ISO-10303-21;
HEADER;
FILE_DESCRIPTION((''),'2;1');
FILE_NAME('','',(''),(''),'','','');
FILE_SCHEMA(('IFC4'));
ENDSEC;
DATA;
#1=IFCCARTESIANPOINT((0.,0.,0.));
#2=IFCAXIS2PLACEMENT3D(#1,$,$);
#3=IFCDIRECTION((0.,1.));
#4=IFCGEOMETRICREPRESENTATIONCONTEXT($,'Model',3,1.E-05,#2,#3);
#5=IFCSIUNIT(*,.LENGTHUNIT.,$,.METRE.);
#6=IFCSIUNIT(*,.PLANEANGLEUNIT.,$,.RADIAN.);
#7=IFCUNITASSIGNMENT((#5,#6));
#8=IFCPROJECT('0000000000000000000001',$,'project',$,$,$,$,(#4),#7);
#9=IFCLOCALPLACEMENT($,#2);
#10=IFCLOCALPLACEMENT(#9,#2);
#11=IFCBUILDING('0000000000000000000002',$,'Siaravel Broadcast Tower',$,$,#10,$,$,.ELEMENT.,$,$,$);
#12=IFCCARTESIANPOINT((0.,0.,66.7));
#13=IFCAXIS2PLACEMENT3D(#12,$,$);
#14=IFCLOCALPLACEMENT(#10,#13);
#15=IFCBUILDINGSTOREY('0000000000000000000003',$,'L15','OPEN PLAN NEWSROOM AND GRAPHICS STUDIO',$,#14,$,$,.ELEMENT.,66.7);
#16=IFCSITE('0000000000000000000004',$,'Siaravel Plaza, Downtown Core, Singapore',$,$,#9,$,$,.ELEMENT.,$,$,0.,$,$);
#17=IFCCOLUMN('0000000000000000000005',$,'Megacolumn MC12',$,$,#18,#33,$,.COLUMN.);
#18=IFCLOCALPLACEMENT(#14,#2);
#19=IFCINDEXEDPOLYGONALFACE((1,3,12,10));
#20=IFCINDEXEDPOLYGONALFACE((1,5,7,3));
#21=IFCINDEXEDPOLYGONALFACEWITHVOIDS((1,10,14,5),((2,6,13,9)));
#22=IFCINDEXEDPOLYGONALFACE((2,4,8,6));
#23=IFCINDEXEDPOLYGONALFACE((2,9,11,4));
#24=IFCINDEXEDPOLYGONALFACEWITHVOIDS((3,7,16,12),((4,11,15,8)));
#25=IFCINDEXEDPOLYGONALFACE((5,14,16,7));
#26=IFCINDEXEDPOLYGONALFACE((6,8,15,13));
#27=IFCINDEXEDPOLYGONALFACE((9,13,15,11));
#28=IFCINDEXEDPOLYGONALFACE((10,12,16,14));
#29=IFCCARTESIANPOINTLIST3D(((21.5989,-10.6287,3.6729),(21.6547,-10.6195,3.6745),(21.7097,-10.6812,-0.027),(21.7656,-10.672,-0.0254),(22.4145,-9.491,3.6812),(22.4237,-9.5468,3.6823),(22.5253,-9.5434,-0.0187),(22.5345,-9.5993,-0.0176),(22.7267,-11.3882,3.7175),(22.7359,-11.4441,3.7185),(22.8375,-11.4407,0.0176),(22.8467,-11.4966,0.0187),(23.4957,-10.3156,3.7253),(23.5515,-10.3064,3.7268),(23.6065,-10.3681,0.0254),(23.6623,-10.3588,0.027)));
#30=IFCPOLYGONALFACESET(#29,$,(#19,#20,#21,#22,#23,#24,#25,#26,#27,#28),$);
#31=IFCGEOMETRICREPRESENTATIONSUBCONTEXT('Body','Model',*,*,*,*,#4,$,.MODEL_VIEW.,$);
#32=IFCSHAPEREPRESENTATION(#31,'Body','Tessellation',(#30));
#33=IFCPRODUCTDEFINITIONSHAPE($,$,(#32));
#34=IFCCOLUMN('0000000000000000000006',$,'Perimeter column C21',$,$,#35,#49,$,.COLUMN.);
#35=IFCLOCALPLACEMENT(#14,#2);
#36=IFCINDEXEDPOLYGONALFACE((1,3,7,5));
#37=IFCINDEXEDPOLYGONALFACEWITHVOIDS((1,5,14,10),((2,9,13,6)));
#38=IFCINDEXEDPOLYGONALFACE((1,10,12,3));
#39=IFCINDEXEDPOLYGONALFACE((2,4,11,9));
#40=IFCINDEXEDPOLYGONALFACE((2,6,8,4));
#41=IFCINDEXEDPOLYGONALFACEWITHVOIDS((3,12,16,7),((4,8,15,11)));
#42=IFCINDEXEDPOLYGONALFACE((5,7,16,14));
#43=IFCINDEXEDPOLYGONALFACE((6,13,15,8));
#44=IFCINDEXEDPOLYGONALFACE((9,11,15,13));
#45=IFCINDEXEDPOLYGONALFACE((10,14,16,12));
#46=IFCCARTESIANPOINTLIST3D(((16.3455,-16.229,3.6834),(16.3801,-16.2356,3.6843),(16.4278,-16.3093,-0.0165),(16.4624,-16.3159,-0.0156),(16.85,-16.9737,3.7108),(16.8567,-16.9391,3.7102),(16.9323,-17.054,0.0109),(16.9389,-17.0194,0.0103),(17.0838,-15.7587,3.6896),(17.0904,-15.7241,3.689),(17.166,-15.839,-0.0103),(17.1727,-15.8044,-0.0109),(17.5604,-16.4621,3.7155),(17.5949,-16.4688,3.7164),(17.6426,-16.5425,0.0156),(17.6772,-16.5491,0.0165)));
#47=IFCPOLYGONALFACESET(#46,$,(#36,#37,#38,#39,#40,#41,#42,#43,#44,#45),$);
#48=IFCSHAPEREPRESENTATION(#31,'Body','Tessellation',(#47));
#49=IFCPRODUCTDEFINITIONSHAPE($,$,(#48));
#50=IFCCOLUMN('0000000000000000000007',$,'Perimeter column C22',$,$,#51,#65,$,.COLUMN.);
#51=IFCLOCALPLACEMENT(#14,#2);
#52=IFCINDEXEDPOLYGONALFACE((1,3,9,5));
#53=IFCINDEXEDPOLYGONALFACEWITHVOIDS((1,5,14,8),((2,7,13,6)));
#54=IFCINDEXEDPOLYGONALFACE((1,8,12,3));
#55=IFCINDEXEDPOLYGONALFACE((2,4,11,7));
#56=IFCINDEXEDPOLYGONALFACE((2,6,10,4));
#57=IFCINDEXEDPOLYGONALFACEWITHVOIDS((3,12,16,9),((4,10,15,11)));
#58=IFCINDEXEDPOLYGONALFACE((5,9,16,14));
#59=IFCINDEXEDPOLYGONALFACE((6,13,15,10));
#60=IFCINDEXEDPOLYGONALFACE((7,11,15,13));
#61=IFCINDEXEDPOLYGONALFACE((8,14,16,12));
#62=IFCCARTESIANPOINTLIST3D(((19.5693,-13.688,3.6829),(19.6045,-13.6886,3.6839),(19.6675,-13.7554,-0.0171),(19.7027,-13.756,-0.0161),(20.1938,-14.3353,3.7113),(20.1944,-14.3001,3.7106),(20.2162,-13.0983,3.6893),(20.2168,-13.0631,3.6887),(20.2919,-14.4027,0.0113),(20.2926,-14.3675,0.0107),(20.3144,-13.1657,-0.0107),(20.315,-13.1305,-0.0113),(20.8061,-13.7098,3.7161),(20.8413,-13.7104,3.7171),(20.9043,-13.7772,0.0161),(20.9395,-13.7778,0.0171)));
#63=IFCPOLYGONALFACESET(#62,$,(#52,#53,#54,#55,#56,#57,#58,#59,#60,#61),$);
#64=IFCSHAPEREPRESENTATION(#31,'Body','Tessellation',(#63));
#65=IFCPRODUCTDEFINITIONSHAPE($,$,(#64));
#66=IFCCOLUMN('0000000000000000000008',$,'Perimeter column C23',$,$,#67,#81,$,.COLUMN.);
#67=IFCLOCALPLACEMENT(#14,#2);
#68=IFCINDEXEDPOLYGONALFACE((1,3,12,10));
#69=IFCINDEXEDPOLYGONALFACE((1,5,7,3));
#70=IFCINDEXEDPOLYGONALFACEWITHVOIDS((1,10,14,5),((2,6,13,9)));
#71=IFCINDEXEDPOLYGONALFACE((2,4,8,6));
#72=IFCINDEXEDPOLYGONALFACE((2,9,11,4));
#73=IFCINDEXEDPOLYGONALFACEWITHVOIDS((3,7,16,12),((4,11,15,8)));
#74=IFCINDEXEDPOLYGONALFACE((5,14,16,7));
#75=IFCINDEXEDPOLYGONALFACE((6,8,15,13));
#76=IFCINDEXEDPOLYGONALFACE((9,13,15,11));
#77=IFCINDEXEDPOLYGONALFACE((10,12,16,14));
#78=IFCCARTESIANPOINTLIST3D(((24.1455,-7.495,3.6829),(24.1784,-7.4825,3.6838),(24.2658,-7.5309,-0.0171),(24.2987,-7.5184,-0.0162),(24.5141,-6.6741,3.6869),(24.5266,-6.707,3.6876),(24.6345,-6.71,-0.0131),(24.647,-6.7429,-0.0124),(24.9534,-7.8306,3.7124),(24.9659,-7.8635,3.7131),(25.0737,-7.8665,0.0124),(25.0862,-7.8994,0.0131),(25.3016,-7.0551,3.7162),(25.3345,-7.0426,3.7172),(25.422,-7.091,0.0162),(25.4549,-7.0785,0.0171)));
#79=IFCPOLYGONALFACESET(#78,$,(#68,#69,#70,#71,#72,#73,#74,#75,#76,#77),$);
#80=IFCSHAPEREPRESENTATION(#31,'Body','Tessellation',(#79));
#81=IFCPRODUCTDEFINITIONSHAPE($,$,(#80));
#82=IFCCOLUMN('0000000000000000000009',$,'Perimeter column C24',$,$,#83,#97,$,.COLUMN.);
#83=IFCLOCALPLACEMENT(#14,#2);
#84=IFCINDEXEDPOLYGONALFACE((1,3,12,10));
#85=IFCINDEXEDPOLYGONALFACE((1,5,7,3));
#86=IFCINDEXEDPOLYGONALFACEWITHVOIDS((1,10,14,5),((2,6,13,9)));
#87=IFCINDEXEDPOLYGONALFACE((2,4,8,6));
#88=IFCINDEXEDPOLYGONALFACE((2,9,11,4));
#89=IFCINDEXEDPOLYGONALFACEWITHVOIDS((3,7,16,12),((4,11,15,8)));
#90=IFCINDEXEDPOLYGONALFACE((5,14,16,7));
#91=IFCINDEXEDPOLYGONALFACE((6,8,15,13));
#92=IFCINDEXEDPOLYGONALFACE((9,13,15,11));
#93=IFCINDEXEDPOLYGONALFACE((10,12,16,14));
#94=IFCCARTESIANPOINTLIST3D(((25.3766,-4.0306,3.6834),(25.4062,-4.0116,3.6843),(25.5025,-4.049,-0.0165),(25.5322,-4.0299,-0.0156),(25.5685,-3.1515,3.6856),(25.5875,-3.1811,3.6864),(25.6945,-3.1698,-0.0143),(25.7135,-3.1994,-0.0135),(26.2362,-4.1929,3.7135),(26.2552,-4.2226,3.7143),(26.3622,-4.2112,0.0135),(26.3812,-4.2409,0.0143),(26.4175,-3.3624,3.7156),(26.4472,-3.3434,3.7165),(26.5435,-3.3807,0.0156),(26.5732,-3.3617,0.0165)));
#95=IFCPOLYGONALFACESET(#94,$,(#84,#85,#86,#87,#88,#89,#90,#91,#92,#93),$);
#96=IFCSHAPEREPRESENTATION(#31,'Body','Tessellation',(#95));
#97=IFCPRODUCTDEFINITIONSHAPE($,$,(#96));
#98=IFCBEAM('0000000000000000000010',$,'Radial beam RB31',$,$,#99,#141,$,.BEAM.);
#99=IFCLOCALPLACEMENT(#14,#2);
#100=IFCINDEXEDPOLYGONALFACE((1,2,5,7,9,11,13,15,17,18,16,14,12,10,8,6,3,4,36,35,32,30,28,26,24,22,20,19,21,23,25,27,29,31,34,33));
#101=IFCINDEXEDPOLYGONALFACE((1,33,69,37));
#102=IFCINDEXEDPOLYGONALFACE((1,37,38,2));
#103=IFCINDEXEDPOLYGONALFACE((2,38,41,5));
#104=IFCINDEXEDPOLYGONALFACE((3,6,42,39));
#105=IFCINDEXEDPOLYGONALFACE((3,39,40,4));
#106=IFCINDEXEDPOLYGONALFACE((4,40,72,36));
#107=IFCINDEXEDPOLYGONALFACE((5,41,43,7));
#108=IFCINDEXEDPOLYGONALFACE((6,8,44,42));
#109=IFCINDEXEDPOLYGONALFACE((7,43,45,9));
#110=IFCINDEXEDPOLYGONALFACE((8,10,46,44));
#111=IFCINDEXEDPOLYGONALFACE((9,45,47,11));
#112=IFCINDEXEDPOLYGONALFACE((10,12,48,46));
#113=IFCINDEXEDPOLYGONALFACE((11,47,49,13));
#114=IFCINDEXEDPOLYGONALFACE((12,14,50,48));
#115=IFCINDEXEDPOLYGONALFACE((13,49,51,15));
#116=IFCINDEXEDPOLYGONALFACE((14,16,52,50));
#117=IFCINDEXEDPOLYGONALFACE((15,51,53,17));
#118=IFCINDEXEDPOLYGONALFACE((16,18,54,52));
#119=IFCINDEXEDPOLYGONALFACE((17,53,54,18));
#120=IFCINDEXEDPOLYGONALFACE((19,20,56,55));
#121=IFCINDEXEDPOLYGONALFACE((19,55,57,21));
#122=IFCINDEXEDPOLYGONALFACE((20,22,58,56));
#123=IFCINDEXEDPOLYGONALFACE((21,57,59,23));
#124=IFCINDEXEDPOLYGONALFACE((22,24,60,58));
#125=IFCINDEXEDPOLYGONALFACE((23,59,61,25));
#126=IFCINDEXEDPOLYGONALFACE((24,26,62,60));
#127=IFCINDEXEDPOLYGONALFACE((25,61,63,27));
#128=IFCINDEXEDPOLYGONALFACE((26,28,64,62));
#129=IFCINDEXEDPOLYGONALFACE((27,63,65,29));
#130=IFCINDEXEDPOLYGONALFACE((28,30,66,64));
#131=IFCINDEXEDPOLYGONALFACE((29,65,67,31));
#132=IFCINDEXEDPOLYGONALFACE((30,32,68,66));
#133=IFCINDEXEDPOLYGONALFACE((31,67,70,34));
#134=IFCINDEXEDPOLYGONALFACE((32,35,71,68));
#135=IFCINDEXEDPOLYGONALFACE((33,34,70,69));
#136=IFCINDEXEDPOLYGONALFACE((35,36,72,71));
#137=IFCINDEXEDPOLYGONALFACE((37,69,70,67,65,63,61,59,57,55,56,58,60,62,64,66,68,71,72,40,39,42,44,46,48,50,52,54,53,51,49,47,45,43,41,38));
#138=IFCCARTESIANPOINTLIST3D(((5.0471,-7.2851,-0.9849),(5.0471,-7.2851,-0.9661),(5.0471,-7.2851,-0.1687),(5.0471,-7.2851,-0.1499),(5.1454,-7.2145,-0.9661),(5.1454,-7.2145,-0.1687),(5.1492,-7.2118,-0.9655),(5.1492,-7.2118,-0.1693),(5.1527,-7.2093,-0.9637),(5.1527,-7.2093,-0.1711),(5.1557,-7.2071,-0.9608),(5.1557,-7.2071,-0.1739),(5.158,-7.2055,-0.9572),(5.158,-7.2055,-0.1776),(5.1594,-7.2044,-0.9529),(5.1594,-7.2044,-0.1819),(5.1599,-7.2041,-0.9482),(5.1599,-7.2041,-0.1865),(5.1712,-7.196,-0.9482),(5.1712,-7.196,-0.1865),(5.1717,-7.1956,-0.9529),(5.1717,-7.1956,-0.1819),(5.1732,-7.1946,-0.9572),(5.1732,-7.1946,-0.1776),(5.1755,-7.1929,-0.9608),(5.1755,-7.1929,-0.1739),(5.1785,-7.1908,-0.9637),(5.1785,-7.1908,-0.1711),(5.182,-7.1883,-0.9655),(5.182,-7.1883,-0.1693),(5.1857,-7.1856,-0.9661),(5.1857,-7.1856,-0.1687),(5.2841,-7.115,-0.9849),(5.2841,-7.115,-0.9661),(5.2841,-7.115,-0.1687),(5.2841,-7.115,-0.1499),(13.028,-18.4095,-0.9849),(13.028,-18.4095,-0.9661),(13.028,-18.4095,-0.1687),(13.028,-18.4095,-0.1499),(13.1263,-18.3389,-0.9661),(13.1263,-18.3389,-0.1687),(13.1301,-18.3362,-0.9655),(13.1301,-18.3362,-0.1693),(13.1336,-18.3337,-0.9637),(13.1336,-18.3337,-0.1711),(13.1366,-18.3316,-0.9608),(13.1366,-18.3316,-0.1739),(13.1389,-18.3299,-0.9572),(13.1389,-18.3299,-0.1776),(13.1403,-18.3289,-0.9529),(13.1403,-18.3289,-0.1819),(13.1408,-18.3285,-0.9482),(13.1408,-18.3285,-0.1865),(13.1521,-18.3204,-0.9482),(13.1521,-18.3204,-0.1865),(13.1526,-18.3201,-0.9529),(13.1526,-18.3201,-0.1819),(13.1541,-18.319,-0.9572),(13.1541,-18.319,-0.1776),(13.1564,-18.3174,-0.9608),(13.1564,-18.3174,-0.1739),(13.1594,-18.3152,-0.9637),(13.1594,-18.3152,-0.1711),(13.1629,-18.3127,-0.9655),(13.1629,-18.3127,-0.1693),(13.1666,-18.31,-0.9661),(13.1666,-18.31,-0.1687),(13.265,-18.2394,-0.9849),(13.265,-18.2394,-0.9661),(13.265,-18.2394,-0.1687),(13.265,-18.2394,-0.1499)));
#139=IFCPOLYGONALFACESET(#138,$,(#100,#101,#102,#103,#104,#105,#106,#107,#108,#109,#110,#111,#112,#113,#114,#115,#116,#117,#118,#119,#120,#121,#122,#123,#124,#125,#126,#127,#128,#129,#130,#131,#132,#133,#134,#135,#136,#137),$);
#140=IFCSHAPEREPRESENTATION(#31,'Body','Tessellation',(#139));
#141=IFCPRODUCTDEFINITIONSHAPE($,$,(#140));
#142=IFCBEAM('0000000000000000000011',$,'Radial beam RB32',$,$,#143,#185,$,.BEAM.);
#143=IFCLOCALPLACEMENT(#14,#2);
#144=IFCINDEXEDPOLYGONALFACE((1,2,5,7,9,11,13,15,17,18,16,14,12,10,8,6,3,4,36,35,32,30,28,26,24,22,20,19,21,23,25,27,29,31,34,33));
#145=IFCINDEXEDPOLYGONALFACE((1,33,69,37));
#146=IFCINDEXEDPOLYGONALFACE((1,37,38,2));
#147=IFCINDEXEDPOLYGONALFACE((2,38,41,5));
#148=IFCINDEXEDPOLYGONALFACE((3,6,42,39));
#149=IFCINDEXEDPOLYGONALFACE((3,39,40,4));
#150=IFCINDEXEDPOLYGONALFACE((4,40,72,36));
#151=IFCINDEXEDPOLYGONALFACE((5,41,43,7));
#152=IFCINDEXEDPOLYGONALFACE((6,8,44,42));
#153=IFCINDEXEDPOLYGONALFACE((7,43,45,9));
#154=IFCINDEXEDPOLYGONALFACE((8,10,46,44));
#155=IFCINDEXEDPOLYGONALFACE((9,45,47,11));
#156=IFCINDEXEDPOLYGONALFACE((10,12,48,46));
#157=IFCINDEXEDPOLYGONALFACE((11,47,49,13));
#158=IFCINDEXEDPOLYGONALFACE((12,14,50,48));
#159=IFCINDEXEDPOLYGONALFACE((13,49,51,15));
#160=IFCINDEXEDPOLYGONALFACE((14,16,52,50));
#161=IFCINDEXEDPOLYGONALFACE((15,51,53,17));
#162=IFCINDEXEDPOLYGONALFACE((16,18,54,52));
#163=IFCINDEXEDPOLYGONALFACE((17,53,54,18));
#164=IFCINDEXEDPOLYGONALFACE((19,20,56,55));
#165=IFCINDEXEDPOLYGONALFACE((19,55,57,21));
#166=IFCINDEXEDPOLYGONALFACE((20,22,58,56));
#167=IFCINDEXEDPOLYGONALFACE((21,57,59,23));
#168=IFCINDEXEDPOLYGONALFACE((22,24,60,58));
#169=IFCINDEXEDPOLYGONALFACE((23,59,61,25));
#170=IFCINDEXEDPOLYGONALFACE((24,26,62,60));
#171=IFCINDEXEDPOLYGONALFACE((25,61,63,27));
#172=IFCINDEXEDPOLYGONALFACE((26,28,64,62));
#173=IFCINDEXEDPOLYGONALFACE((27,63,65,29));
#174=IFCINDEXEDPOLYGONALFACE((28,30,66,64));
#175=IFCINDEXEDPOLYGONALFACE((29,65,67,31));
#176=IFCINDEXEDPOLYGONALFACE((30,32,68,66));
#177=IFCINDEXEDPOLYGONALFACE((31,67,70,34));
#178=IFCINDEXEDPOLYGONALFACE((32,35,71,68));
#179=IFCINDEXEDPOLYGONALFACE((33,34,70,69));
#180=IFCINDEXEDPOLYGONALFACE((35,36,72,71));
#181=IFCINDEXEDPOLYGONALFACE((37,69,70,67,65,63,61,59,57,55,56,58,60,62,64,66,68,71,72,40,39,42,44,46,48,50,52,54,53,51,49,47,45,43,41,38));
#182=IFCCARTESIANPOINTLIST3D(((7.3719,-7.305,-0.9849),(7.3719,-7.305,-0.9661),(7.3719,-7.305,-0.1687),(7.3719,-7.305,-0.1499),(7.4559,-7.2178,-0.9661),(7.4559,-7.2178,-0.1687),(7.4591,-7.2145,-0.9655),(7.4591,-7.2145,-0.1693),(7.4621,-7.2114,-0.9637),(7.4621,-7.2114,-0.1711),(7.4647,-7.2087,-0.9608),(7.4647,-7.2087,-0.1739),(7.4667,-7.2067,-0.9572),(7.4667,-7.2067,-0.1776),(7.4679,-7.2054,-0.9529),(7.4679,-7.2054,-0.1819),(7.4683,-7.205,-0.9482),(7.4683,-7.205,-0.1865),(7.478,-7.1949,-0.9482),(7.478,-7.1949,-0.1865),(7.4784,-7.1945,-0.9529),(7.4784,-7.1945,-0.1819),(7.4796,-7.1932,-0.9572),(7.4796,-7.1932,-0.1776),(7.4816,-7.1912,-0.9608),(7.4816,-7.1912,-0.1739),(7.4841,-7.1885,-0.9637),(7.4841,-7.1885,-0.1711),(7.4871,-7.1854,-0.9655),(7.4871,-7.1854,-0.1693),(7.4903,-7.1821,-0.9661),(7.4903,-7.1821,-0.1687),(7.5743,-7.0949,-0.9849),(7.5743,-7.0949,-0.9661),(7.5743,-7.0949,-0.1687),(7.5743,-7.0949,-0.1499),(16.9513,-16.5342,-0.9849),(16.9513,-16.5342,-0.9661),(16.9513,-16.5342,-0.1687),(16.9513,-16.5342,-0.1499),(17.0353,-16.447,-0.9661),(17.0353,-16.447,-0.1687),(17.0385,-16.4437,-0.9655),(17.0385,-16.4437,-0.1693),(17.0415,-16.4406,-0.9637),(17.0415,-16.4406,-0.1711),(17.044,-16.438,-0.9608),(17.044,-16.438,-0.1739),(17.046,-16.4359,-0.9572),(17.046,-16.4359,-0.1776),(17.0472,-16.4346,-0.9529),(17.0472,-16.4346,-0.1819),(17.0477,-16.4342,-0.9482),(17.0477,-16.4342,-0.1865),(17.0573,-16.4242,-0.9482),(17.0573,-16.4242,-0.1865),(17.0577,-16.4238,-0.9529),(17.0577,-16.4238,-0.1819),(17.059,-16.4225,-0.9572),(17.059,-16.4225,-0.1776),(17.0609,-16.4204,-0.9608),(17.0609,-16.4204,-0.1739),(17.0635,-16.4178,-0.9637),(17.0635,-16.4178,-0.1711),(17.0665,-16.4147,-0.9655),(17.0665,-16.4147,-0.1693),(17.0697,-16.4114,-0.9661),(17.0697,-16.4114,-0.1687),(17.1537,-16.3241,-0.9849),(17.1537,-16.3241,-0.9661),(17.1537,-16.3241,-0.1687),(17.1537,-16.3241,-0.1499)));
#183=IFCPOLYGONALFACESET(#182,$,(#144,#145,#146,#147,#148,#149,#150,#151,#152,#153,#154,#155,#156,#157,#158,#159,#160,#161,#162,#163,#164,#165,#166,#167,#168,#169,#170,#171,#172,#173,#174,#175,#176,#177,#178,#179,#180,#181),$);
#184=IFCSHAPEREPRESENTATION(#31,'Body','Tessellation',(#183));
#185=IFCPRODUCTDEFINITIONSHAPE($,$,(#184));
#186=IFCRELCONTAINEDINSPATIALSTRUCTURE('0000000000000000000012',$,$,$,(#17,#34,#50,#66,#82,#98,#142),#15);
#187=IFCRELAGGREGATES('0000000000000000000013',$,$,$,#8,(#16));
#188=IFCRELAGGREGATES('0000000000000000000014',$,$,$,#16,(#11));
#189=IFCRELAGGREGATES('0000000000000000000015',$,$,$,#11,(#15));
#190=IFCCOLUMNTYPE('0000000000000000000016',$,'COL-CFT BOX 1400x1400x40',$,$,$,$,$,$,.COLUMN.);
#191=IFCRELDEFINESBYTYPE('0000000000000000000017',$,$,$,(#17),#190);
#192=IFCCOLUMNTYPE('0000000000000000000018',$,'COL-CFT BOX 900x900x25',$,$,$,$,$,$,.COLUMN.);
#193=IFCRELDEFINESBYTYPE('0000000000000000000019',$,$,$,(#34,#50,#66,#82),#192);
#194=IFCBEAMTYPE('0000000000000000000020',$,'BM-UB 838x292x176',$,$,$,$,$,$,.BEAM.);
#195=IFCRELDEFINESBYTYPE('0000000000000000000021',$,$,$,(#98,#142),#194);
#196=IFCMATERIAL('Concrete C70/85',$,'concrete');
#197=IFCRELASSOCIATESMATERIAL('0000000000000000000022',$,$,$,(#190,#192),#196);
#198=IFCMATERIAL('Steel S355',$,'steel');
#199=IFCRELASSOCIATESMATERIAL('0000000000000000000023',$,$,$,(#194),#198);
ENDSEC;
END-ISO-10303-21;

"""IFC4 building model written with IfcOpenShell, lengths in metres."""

from ifc_helpers import new_model, si_unit, direction, frame, origin, origin_2d, place, context, subcontext, project, spatial, hollow_rectangle, i_section, extrude, material, material_profile, profile_set, type_object, element, save


model = new_model("IFC4")

# Units and contexts
model_context = context("Model", 3, precision=1e-05, world=origin(), true_north=direction((0.0, 1.0)))
body_context = subcontext(model_context, "Body", "Model", "MODEL_VIEW")
ifc_project = project(units=[si_unit("LENGTHUNIT", "METRE"), si_unit("PLANEANGLEUNIT", "RADIAN")], contexts=[model_context])

# Site, building, storey
site_placement = place(None, origin())
site = spatial("IfcSite", under=ifc_project, at=site_placement, Name="Siaravel Plaza, Downtown Core, Singapore", CompositionType="ELEMENT", RefElevation=0.0)
building_placement = place(site_placement, origin())
building = spatial("IfcBuilding", under=site, at=building_placement, Name="Siaravel Broadcast Tower", CompositionType="ELEMENT")
storey_placement = place(building_placement, frame((0.0, 0.0, 66.7)))
storey = spatial("IfcBuildingStorey", under=building, at=storey_placement, Name="L15", Description="OPEN PLAN NEWSROOM AND GRAPHICS STUDIO", CompositionType="ELEMENT", Elevation=66.7)

# Columns
ifc_material_1 = material(Name="Concrete C70/85", Category="concrete")
ifc_material_profile_1 = material_profile(ifc_material_1, hollow_rectangle(XDim=1.3999, YDim=1.3999, WallThickness=0.04, at=origin_2d()))
ifc_profile_set_1 = profile_set([ifc_material_profile_1], Name="Concrete C70/85")
column_type_1 = type_object("IfcColumnType", Name="COL-CFT BOX 1400x1400x40", PredefinedType="COLUMN", material=ifc_profile_set_1)
column_1_placement = place(storey_placement, frame((22.686, -10.52, 0.0), z_axis=(-0.029941, 0.014179, 0.999451), x_axis=(-0.582612, -0.812729, -0.005923)))
element("IfcColumn", 1, at=column_1_placement, inside=storey, type_object=column_type_1, Name="Megacolumn MC12", PredefinedType="COLUMN", context=body_context, shape_type="SweptSolid", body=[
    extrude(hollow_rectangle(XDim=1.3999, YDim=1.3999, WallThickness=0.04, at=origin_2d()), origin(), (0.0, 0.0, 1.0), 3.7019),
])
ifc_material_profile_2 = material_profile(ifc_material_1, hollow_rectangle(XDim=0.8999, YDim=0.8999, WallThickness=0.0249, at=origin_2d()))
ifc_profile_set_2 = profile_set([ifc_material_profile_2], Name="Concrete C70/85")
column_type_2 = type_object("IfcColumnType", Name="COL-CFT BOX 900x900x25", PredefinedType="COLUMN", material=ifc_profile_set_2)
column_2_placement = place(storey_placement, frame((17.0525, -16.4292, 0.0), z_axis=(-0.022226, 0.021699, 0.999517), x_axis=(-0.827764, -0.561042, -0.006227)))
element("IfcColumn", 2, at=column_2_placement, inside=storey, type_object=column_type_2, Name="Perimeter column C21", PredefinedType="COLUMN", context=body_context, shape_type="SweptSolid", body=[
    extrude(hollow_rectangle(XDim=0.8999, YDim=0.8999, WallThickness=0.0249, at=origin_2d()), origin(), (0.0, 0.0, 1.0), 3.7017),
])
column_3_placement = place(storey_placement, frame((20.3035, -13.7666, 0.0), z_axis=(-0.026512, 0.018202, 0.999483), x_axis=(-0.719548, -0.694413, -0.00644)))
element("IfcColumn", 3, at=column_3_placement, inside=storey, type_object=column_type_2, Name="Perimeter column C22", PredefinedType="COLUMN", context=body_context, shape_type="SweptSolid", body=[
    extrude(hollow_rectangle(XDim=0.8999, YDim=0.8999, WallThickness=0.0249, at=origin_2d()), origin(), (0.0, 0.0, 1.0), 3.7019),
])
for number, where, z_axis, x_axis, name in (
    (4, (24.8604, -7.3047, 0.0), (-0.032512, 0.009694, 0.999424), (-0.409631, -0.91224, -0.004477), "Perimeter column C23"),
    (5, (26.0378, -3.7053, 0.0), (-0.034028, 0.004946, 0.999409), (-0.213312, -0.976981, -0.002428), "Perimeter column C24"),
):
    element("IfcColumn", number, at=place(storey_placement, frame(where, z_axis=z_axis, x_axis=x_axis)), inside=storey, type_object=column_type_2, Name=name, PredefinedType="COLUMN", context=body_context, shape_type="SweptSolid", body=[
        extrude(hollow_rectangle(XDim=0.8999, YDim=0.8999, WallThickness=0.0249, at=origin_2d()), origin(), (0.0, 0.0, 1.0), 3.7021),
    ])

# Beams
ifc_material_2 = material(Name="Steel S355", Category="steel")
ifc_material_profile_3 = material_profile(ifc_material_2, i_section(OverallWidth=0.2917, OverallDepth=0.835, WebThickness=0.0139, FlangeThickness=0.0188, FilletRadius=0.0178, at=origin_2d()))
ifc_profile_set_3 = profile_set([ifc_material_profile_3], Name="Steel S355")
beam_type = type_object("IfcBeamType", Name="BM-UB 838x292x176", PredefinedType="BEAM", material=ifc_profile_set_3)
beam_1_placement = place(storey_placement, frame((13.1465, -18.3245, -0.5674), z_axis=(-0.582924, 0.812527, 0.0), x_axis=(-0.812527, -0.582924, 0.0)))
element("IfcBeam", 6, at=beam_1_placement, inside=storey, type_object=beam_type, Name="Radial beam RB31", PredefinedType="BEAM", context=body_context, shape_type="SweptSolid", body=[
    extrude(i_section(OverallWidth=0.2917, OverallDepth=0.835, WebThickness=0.0139, FlangeThickness=0.0188, FilletRadius=0.0178, at=origin_2d()), origin(), (0.0, 0.0, 1.0), 13.6912),
])
beam_2_placement = place(storey_placement, frame((17.0525, -16.4292, -0.5674), z_axis=(-0.720144, 0.693825, 0.0), x_axis=(-0.693825, -0.720144, 0.0)))
element("IfcBeam", 7, at=beam_2_placement, inside=storey, type_object=beam_type, Name="Radial beam RB32", PredefinedType="BEAM", context=body_context, shape_type="SweptSolid", body=[
    extrude(i_section(OverallWidth=0.2917, OverallDepth=0.835, WebThickness=0.0139, FlangeThickness=0.0188, FilletRadius=0.0178, at=origin_2d()), origin(), (0.0, 0.0, 1.0), 13.302),
])

save(model, "model.ifc")
